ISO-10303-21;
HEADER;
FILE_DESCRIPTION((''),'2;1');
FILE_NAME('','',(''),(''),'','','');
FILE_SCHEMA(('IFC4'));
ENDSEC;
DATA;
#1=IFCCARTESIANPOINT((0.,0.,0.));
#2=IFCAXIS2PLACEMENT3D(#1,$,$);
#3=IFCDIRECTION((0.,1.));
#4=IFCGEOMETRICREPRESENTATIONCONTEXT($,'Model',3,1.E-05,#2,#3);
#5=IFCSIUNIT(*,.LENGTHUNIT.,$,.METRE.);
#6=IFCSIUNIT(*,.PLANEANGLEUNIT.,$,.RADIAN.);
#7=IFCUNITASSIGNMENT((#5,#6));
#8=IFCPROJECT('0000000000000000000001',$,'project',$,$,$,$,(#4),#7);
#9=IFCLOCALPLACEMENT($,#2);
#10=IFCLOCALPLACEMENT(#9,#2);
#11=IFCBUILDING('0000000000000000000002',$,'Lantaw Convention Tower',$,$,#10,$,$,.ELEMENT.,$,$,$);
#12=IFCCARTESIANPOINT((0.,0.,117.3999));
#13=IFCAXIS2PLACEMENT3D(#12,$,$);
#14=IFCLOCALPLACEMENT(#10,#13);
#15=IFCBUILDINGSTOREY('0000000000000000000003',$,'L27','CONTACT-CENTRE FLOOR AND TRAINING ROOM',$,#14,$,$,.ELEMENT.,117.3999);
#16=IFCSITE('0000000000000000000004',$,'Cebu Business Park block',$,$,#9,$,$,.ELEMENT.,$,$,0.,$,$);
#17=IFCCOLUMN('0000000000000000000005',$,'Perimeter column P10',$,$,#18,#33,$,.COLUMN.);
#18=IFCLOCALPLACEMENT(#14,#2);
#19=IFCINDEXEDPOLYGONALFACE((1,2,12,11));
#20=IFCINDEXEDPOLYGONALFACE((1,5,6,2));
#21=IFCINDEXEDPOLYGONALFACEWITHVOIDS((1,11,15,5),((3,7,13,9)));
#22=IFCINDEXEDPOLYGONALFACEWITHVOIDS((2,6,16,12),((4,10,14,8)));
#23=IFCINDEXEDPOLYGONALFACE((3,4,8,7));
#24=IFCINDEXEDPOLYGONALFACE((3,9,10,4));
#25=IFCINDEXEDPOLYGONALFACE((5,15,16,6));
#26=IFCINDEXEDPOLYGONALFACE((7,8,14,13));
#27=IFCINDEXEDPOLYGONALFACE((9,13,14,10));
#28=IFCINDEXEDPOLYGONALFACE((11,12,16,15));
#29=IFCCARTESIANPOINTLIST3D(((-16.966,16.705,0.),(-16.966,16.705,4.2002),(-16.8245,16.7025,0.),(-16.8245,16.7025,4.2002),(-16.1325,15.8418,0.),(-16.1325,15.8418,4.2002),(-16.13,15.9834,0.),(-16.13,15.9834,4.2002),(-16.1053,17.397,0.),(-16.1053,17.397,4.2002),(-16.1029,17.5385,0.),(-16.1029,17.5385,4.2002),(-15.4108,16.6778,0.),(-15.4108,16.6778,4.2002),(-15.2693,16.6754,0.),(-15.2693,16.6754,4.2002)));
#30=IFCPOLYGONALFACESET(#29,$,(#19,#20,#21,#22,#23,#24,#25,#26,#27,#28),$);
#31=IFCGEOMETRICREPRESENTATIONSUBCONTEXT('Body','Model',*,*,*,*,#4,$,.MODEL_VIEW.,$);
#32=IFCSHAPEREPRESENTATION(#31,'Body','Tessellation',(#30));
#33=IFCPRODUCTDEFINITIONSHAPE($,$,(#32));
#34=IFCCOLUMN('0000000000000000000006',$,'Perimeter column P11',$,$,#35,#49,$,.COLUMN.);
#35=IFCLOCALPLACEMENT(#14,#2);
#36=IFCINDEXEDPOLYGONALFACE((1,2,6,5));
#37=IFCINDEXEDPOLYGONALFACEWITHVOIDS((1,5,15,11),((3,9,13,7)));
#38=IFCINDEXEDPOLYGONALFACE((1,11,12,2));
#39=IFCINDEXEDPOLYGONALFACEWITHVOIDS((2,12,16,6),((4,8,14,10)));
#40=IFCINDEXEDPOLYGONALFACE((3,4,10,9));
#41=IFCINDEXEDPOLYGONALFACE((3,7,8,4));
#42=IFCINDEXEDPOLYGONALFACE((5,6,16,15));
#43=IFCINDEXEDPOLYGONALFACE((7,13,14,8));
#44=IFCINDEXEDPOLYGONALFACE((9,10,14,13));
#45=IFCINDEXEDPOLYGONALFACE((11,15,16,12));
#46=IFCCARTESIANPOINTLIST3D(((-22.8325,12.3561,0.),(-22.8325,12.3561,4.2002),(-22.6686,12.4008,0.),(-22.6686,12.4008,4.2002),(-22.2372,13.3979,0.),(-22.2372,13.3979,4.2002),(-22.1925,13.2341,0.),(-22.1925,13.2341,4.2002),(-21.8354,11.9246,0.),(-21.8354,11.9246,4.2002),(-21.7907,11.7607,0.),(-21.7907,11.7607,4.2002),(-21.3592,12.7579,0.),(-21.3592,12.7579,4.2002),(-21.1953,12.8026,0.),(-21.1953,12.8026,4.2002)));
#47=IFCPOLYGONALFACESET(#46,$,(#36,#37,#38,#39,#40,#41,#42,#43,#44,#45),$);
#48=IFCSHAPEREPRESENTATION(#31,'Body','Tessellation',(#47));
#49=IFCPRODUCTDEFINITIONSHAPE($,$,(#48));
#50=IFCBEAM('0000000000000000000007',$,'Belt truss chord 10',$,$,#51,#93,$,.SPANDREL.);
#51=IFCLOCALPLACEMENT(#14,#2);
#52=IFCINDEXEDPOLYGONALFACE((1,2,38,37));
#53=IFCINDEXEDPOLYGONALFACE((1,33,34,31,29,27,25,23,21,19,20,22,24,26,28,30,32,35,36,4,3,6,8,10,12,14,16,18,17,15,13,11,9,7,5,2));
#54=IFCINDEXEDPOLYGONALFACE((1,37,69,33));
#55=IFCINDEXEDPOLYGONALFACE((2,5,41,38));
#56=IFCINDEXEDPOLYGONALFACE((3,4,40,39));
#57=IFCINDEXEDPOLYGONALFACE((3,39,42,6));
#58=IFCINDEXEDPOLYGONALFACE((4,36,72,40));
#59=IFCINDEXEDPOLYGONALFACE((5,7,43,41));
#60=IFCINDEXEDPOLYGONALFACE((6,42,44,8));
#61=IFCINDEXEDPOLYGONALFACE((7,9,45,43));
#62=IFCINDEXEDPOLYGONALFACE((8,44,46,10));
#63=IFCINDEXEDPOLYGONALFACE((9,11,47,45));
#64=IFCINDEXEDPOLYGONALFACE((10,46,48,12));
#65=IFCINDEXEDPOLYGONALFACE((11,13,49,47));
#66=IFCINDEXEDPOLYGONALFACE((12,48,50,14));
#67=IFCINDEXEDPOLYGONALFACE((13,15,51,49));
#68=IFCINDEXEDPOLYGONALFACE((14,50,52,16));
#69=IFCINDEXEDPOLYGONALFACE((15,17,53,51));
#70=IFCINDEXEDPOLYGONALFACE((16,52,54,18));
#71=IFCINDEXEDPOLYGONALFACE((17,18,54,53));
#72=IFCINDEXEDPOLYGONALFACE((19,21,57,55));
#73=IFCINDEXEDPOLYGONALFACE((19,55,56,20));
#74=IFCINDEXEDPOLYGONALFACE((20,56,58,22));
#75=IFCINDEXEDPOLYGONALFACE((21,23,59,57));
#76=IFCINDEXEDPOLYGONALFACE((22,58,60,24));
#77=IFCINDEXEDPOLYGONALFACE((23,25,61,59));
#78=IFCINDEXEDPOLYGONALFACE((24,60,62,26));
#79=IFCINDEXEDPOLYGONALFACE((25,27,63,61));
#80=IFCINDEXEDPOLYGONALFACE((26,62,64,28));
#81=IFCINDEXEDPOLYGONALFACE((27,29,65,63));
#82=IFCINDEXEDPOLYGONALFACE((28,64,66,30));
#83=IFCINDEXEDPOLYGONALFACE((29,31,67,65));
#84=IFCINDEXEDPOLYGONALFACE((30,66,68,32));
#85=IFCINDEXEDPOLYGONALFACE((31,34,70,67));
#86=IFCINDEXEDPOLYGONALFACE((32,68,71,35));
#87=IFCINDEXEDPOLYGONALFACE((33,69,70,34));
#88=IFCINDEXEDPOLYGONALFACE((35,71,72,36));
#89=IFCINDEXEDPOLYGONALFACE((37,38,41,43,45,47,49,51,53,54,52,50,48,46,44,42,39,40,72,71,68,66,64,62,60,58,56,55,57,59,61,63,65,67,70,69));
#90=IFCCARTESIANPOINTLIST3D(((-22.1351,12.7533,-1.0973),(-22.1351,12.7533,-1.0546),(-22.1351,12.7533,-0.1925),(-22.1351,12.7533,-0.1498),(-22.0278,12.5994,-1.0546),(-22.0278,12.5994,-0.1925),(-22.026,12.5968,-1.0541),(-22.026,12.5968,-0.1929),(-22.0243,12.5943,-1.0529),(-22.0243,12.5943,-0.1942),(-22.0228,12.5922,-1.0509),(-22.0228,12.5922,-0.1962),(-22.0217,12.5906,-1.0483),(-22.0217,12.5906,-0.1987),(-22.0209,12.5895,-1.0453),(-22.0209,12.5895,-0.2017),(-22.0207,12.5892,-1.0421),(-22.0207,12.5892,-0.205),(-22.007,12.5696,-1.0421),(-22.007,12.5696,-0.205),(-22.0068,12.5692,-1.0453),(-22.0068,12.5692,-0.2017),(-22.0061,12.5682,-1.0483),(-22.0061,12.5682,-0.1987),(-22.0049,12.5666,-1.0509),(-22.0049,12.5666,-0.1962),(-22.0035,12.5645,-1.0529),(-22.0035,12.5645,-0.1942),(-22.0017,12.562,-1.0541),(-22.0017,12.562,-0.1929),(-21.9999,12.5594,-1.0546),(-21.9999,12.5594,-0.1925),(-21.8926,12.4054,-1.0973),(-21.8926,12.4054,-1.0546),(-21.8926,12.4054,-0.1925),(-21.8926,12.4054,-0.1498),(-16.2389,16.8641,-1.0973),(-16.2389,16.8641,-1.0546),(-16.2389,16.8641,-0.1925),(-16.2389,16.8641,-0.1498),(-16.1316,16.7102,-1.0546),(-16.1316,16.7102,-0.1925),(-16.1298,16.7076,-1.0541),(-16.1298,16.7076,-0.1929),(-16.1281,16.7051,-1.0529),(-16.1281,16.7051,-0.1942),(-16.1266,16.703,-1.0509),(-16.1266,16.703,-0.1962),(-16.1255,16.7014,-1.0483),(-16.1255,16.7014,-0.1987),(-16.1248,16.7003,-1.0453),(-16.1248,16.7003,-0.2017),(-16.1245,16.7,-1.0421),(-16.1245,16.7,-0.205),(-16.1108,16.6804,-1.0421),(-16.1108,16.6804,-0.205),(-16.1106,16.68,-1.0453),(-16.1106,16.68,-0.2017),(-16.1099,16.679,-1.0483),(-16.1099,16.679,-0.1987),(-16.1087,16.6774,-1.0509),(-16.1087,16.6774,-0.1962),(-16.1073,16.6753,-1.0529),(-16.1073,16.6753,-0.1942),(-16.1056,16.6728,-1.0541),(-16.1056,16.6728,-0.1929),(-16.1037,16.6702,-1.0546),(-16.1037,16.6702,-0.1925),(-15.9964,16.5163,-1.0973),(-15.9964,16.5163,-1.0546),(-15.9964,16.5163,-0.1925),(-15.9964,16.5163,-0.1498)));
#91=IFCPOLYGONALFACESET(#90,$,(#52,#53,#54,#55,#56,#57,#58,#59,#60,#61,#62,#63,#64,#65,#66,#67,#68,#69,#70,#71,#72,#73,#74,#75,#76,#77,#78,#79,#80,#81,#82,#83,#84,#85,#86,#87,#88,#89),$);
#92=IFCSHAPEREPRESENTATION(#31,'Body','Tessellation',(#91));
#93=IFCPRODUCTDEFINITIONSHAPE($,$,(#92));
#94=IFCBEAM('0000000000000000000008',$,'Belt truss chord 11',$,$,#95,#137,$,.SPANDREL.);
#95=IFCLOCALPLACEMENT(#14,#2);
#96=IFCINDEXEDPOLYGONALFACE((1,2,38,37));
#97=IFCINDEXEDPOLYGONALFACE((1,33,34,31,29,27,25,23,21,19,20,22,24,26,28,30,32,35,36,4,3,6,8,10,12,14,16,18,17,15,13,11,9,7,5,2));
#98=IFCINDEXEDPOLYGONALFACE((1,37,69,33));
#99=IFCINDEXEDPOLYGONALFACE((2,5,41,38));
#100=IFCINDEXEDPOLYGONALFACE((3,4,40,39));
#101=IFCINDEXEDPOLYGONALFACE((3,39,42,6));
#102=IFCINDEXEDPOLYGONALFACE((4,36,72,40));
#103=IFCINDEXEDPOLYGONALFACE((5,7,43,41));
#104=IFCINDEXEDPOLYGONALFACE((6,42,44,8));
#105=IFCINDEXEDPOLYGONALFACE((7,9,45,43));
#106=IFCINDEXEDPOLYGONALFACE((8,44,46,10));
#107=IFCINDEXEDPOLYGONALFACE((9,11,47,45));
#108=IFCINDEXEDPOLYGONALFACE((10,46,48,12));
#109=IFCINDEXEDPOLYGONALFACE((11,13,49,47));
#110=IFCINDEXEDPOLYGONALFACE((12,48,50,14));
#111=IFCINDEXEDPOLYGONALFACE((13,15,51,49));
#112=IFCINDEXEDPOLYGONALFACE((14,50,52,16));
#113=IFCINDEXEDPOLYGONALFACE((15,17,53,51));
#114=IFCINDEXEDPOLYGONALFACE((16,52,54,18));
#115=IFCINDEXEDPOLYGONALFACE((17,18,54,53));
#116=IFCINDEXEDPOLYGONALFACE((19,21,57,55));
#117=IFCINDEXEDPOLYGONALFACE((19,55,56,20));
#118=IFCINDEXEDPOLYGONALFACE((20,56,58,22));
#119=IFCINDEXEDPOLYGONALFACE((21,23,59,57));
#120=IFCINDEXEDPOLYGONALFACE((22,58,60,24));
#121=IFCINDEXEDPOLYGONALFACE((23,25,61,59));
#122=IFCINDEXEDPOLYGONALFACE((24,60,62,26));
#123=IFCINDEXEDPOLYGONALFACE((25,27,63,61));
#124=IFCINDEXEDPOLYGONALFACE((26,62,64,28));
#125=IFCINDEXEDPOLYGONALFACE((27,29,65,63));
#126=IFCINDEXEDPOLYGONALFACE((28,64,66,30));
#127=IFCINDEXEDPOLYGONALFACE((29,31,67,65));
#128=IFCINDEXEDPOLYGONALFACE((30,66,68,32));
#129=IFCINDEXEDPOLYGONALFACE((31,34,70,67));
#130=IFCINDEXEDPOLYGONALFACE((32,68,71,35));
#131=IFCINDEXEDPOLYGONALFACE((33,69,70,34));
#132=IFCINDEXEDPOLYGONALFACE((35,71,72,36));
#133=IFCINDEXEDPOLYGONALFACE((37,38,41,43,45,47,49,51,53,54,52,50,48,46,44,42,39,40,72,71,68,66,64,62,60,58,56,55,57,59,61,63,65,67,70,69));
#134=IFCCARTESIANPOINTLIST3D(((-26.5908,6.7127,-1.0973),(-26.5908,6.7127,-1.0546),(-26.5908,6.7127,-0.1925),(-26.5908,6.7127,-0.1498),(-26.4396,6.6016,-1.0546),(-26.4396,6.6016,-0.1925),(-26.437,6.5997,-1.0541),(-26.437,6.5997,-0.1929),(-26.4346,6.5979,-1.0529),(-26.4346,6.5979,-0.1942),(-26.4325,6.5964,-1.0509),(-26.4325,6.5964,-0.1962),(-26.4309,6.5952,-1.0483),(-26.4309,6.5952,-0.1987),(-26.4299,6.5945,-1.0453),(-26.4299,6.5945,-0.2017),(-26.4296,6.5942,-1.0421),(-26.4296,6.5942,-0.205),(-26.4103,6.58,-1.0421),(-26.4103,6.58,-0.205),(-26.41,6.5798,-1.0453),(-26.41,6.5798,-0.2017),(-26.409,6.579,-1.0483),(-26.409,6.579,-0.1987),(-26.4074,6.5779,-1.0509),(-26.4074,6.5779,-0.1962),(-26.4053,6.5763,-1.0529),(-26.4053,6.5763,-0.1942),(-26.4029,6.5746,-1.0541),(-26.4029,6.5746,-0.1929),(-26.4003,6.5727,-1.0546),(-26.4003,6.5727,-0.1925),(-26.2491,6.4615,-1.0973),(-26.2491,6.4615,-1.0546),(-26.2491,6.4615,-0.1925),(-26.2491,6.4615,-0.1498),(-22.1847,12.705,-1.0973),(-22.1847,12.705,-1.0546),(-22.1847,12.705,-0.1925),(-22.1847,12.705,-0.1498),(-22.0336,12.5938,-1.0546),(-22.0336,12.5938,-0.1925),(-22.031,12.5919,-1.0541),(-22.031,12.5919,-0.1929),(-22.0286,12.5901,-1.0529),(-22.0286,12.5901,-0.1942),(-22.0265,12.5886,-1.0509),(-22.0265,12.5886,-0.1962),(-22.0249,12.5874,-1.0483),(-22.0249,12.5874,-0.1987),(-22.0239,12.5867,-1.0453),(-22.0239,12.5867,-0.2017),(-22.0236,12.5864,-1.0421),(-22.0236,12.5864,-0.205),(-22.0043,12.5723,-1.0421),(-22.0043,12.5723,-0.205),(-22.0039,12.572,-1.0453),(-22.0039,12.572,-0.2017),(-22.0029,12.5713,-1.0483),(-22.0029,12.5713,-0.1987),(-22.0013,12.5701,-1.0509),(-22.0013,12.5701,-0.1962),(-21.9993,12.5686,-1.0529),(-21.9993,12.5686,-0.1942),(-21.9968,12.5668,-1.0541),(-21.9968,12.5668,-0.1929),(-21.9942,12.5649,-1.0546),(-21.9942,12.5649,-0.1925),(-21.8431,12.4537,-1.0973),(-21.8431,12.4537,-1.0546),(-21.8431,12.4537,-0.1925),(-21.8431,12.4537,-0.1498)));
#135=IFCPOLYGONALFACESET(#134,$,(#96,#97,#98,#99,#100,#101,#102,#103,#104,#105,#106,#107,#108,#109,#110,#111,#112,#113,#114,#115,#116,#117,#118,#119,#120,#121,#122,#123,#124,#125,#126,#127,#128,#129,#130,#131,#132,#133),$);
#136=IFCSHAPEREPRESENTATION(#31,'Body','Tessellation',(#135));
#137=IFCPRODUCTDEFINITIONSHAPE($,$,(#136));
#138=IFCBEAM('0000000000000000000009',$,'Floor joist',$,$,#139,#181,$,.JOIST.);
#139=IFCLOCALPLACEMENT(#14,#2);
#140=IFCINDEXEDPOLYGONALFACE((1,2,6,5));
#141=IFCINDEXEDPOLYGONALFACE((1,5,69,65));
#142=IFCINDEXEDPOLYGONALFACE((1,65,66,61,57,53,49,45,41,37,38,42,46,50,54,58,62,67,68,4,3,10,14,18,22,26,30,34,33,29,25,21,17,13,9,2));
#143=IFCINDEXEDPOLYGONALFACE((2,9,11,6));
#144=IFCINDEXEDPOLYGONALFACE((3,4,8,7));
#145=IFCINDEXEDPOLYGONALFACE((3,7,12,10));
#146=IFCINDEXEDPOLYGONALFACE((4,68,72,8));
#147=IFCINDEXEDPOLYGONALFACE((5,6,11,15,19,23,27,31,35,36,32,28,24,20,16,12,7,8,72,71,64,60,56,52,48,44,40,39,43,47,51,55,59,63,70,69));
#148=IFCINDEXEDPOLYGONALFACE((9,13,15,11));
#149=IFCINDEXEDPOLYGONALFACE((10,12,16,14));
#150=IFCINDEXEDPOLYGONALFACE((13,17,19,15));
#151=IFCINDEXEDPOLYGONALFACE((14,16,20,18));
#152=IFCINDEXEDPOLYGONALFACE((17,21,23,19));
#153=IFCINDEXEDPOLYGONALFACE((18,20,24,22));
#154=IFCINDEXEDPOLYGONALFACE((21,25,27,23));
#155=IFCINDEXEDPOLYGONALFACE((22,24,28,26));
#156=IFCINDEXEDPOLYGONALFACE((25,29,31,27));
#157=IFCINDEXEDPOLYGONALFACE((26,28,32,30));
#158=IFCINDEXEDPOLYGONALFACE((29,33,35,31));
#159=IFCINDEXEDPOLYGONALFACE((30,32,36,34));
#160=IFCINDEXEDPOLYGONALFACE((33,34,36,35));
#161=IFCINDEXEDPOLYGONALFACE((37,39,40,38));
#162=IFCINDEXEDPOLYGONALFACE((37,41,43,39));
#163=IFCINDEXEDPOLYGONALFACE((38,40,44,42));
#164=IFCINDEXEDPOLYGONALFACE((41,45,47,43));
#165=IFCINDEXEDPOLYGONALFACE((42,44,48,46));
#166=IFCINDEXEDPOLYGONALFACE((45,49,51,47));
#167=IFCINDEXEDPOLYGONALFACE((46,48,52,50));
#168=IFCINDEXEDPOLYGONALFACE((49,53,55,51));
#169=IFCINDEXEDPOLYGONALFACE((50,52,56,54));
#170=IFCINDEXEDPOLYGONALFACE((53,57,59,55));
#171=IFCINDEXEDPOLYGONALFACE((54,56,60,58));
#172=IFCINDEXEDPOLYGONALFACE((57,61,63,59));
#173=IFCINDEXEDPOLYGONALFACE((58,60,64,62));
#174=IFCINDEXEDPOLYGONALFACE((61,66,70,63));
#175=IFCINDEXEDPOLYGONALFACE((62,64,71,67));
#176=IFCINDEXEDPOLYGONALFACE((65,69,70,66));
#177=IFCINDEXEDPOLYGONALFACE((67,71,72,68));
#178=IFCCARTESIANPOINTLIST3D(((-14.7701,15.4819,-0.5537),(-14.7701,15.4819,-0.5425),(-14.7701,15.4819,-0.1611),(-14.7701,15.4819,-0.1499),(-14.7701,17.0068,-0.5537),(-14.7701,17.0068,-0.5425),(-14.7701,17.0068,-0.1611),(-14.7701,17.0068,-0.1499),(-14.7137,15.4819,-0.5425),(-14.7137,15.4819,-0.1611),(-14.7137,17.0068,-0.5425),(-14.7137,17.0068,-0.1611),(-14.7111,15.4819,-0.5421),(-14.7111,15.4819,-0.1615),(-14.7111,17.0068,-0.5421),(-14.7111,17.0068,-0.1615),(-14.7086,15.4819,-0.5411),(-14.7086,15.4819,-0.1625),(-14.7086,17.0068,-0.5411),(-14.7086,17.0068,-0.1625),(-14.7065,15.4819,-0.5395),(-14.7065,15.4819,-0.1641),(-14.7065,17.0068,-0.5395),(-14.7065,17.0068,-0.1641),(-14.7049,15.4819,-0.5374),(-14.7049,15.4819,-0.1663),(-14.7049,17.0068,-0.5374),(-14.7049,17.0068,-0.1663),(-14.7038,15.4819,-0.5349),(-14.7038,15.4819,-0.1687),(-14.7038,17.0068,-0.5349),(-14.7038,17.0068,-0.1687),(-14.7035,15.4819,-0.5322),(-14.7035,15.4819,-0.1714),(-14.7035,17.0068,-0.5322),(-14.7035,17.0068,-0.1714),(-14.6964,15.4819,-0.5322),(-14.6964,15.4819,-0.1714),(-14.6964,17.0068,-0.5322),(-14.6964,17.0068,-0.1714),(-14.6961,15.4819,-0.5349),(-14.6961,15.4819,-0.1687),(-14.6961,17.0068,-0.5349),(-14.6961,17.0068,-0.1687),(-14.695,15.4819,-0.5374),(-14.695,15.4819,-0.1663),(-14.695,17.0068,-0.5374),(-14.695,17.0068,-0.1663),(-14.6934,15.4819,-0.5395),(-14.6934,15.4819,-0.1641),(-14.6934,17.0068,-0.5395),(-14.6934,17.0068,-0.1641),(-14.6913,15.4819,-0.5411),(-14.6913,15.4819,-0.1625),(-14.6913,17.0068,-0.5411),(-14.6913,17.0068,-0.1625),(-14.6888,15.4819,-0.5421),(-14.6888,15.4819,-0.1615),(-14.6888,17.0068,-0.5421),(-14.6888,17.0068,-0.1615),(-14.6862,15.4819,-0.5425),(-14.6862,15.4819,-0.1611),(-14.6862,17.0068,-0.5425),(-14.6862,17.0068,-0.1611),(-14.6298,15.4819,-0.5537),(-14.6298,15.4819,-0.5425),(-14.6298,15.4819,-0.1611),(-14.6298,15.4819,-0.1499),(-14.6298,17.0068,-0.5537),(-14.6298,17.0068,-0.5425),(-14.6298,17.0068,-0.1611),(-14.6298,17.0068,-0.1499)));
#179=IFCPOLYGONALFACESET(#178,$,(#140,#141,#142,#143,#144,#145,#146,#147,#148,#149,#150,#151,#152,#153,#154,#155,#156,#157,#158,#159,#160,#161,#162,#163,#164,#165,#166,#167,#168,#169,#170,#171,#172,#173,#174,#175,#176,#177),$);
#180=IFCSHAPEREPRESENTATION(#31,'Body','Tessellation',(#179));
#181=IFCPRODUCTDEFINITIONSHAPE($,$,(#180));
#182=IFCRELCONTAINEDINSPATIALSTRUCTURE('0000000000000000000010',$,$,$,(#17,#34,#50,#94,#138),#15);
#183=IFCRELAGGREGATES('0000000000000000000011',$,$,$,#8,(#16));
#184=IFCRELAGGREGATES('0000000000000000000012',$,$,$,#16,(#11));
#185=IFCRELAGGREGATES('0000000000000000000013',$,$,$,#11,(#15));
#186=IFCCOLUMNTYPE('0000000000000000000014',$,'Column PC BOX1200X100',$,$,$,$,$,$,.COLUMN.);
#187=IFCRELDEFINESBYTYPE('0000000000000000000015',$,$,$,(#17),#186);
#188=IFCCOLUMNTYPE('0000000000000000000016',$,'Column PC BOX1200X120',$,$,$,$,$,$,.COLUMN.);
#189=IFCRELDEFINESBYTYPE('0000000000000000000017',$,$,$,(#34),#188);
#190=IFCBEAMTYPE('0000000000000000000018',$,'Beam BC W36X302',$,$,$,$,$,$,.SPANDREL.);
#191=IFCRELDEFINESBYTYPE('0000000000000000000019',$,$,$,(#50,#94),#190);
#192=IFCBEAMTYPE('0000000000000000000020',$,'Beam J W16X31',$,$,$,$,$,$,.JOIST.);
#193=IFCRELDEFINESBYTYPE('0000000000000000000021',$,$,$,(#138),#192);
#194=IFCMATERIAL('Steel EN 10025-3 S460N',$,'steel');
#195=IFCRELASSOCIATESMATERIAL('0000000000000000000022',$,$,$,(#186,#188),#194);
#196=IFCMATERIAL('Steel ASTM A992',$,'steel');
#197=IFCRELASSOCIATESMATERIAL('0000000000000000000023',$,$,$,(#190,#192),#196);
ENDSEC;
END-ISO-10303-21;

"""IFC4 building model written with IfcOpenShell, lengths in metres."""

from ifc_helpers import new_model, si_unit, direction, frame, origin, origin_2d, place, context, subcontext, project, spatial, rectangle, hollow_rectangle, i_section, extrude, material, material_profile, profile_set, type_object, element, save


model = new_model("IFC4")

# Units and contexts
model_context = context("Model", 3, precision=1e-05, world=origin(), true_north=direction((0.0, 1.0)))
body_context = subcontext(model_context, "Body", "Model", "MODEL_VIEW")
ifc_project = project(units=[si_unit("LENGTHUNIT", "METRE"), si_unit("PLANEANGLEUNIT", "RADIAN")], contexts=[model_context])

# Site, building, storey
site_placement = place(None, origin())
site = spatial("IfcSite", under=ifc_project, at=site_placement, Name="Cebu Business Park block", CompositionType="ELEMENT", RefElevation=0.0)
building_placement = place(site_placement, origin())
building = spatial("IfcBuilding", under=site, at=building_placement, Name="Lantaw Convention Tower", CompositionType="ELEMENT")
storey_placement = place(building_placement, frame((0.0, 0.0, 117.3999)))
storey = spatial("IfcBuildingStorey", under=building, at=storey_placement, Name="L27", Description="CONTACT-CENTRE FLOOR AND TRAINING ROOM", CompositionType="ELEMENT", Elevation=117.3999)

# Columns
ifc_material_1 = material(Name="Steel EN 10025-3 S460N", Category="steel")
ifc_material_profile_1 = material_profile(ifc_material_1, hollow_rectangle(XDim=1.2, YDim=1.2, WallThickness=0.1001, at=origin_2d()), Name="BOX1200X100")
ifc_material_2 = material(Name="Concrete C60/75", Category="concrete")
ifc_material_profile_2 = material_profile(ifc_material_2, rectangle(XDim=1.0, YDim=1.0, at=origin_2d()), Name="Concrete fill of BOX1200X100")
ifc_profile_set_1 = profile_set([ifc_material_profile_1, ifc_material_profile_2], Name="Steel EN 10025-3 S460N")
column_type_1 = type_object("IfcColumnType", Name="Column PC BOX1200X100", PredefinedType="COLUMN", material=ifc_profile_set_1)
column_1_placement = place(storey_placement, frame((-16.1177, 16.6902, 0.0), z_axis=(0.0, 0.0, 1.0), x_axis=(0.71934, 0.694658, 0.0)))
element("IfcColumn", 1, at=column_1_placement, inside=storey, type_object=column_type_1, Name="Perimeter column P10", PredefinedType="COLUMN", context=body_context, shape_type="SweptSolid", body=[
    extrude(hollow_rectangle(XDim=1.2, YDim=1.2, WallThickness=0.1001, at=origin_2d()), origin(), (0.0, 0.0, 1.0), 4.2002),
])
ifc_material_profile_3 = material_profile(ifc_material_1, hollow_rectangle(XDim=1.2, YDim=1.2, WallThickness=0.1201, at=origin_2d()), Name="BOX1200X120")
ifc_material_profile_4 = material_profile(ifc_material_2, rectangle(XDim=0.96, YDim=0.96, at=origin_2d()), Name="Concrete fill of BOX1200X120")
ifc_profile_set_2 = profile_set([ifc_material_profile_3, ifc_material_profile_4], Name="Steel EN 10025-3 S460N")
column_type_2 = type_object("IfcColumnType", Name="Column PC BOX1200X120", PredefinedType="COLUMN", material=ifc_profile_set_2)
column_2_placement = place(storey_placement, frame((-22.0139, 12.5793, 0.0), z_axis=(0.0, 0.0, 1.0), x_axis=(0.496139, 0.868243, 0.0)))
element("IfcColumn", 2, at=column_2_placement, inside=storey, type_object=column_type_2, Name="Perimeter column P11", PredefinedType="COLUMN", context=body_context, shape_type="SweptSolid", body=[
    extrude(hollow_rectangle(XDim=1.2, YDim=1.2, WallThickness=0.1201, at=origin_2d()), origin(), (0.0, 0.0, 1.0), 4.2002),
])

# Beams
ifc_material_3 = material(Name="Steel ASTM A992", Category="steel")
ifc_material_profile_5 = material_profile(ifc_material_3, i_section(OverallWidth=0.4241, OverallDepth=0.9475, WebThickness=0.0239, FlangeThickness=0.0427, FilletRadius=0.0125, at=origin_2d()), Name="W36X302")
ifc_profile_set_3 = profile_set([ifc_material_profile_5], Name="Steel ASTM A992")
beam_type_1 = type_object("IfcBeamType", Name="Beam BC W36X302", PredefinedType="SPANDREL", material=ifc_profile_set_3)
beam_1_placement = place(storey_placement, frame((-16.1177, 16.6902, -0.6235), z_axis=(-0.820311, -0.571918, 0.0), x_axis=(0.571918, -0.820311, 0.0)))
element("IfcBeam", 3, at=beam_1_placement, inside=storey, type_object=beam_type_1, Name="Belt truss chord 10", PredefinedType="SPANDREL", context=body_context, shape_type="SweptSolid", body=[
    extrude(i_section(OverallWidth=0.4241, OverallDepth=0.9475, WebThickness=0.0239, FlangeThickness=0.0427, FilletRadius=0.0125, at=origin_2d()), origin(), (0.0, 0.0, 1.0), 7.1877),
])
beam_2_placement = place(storey_placement, frame((-22.0139, 12.5793, -0.6235), z_axis=(-0.592389, -0.805652, 0.0), x_axis=(0.805652, -0.592389, 0.0)))
element("IfcBeam", 4, at=beam_2_placement, inside=storey, type_object=beam_type_1, Name="Belt truss chord 11", PredefinedType="SPANDREL", context=body_context, shape_type="SweptSolid", body=[
    extrude(i_section(OverallWidth=0.4241, OverallDepth=0.9475, WebThickness=0.0239, FlangeThickness=0.0427, FilletRadius=0.0125, at=origin_2d()), origin(), (0.0, 0.0, 1.0), 7.4377),
])
ifc_material_profile_6 = material_profile(ifc_material_3, i_section(OverallWidth=0.1404, OverallDepth=0.4038, WebThickness=0.0071, FlangeThickness=0.0112, FilletRadius=0.0103, at=origin_2d()), Name="W16X31")
ifc_profile_set_4 = profile_set([ifc_material_profile_6], Name="Steel ASTM A992")
beam_type_2 = type_object("IfcBeamType", Name="Beam J W16X31", PredefinedType="JOIST", material=ifc_profile_set_4)
beam_3_placement = place(storey_placement, frame((-14.7, 15.4819, -0.3518), z_axis=(0.0, 1.0, 0.0), x_axis=(-1.0, 0.0, 0.0)))
element("IfcBeam", 5, at=beam_3_placement, inside=storey, type_object=beam_type_2, Name="Floor joist", PredefinedType="JOIST", context=body_context, shape_type="SweptSolid", body=[
    extrude(i_section(OverallWidth=0.1404, OverallDepth=0.4038, WebThickness=0.0071, FlangeThickness=0.0112, FilletRadius=0.0103, at=origin_2d()), origin(), (0.0, 0.0, 1.0), 1.5249),
])

save(model, "model.ifc")
